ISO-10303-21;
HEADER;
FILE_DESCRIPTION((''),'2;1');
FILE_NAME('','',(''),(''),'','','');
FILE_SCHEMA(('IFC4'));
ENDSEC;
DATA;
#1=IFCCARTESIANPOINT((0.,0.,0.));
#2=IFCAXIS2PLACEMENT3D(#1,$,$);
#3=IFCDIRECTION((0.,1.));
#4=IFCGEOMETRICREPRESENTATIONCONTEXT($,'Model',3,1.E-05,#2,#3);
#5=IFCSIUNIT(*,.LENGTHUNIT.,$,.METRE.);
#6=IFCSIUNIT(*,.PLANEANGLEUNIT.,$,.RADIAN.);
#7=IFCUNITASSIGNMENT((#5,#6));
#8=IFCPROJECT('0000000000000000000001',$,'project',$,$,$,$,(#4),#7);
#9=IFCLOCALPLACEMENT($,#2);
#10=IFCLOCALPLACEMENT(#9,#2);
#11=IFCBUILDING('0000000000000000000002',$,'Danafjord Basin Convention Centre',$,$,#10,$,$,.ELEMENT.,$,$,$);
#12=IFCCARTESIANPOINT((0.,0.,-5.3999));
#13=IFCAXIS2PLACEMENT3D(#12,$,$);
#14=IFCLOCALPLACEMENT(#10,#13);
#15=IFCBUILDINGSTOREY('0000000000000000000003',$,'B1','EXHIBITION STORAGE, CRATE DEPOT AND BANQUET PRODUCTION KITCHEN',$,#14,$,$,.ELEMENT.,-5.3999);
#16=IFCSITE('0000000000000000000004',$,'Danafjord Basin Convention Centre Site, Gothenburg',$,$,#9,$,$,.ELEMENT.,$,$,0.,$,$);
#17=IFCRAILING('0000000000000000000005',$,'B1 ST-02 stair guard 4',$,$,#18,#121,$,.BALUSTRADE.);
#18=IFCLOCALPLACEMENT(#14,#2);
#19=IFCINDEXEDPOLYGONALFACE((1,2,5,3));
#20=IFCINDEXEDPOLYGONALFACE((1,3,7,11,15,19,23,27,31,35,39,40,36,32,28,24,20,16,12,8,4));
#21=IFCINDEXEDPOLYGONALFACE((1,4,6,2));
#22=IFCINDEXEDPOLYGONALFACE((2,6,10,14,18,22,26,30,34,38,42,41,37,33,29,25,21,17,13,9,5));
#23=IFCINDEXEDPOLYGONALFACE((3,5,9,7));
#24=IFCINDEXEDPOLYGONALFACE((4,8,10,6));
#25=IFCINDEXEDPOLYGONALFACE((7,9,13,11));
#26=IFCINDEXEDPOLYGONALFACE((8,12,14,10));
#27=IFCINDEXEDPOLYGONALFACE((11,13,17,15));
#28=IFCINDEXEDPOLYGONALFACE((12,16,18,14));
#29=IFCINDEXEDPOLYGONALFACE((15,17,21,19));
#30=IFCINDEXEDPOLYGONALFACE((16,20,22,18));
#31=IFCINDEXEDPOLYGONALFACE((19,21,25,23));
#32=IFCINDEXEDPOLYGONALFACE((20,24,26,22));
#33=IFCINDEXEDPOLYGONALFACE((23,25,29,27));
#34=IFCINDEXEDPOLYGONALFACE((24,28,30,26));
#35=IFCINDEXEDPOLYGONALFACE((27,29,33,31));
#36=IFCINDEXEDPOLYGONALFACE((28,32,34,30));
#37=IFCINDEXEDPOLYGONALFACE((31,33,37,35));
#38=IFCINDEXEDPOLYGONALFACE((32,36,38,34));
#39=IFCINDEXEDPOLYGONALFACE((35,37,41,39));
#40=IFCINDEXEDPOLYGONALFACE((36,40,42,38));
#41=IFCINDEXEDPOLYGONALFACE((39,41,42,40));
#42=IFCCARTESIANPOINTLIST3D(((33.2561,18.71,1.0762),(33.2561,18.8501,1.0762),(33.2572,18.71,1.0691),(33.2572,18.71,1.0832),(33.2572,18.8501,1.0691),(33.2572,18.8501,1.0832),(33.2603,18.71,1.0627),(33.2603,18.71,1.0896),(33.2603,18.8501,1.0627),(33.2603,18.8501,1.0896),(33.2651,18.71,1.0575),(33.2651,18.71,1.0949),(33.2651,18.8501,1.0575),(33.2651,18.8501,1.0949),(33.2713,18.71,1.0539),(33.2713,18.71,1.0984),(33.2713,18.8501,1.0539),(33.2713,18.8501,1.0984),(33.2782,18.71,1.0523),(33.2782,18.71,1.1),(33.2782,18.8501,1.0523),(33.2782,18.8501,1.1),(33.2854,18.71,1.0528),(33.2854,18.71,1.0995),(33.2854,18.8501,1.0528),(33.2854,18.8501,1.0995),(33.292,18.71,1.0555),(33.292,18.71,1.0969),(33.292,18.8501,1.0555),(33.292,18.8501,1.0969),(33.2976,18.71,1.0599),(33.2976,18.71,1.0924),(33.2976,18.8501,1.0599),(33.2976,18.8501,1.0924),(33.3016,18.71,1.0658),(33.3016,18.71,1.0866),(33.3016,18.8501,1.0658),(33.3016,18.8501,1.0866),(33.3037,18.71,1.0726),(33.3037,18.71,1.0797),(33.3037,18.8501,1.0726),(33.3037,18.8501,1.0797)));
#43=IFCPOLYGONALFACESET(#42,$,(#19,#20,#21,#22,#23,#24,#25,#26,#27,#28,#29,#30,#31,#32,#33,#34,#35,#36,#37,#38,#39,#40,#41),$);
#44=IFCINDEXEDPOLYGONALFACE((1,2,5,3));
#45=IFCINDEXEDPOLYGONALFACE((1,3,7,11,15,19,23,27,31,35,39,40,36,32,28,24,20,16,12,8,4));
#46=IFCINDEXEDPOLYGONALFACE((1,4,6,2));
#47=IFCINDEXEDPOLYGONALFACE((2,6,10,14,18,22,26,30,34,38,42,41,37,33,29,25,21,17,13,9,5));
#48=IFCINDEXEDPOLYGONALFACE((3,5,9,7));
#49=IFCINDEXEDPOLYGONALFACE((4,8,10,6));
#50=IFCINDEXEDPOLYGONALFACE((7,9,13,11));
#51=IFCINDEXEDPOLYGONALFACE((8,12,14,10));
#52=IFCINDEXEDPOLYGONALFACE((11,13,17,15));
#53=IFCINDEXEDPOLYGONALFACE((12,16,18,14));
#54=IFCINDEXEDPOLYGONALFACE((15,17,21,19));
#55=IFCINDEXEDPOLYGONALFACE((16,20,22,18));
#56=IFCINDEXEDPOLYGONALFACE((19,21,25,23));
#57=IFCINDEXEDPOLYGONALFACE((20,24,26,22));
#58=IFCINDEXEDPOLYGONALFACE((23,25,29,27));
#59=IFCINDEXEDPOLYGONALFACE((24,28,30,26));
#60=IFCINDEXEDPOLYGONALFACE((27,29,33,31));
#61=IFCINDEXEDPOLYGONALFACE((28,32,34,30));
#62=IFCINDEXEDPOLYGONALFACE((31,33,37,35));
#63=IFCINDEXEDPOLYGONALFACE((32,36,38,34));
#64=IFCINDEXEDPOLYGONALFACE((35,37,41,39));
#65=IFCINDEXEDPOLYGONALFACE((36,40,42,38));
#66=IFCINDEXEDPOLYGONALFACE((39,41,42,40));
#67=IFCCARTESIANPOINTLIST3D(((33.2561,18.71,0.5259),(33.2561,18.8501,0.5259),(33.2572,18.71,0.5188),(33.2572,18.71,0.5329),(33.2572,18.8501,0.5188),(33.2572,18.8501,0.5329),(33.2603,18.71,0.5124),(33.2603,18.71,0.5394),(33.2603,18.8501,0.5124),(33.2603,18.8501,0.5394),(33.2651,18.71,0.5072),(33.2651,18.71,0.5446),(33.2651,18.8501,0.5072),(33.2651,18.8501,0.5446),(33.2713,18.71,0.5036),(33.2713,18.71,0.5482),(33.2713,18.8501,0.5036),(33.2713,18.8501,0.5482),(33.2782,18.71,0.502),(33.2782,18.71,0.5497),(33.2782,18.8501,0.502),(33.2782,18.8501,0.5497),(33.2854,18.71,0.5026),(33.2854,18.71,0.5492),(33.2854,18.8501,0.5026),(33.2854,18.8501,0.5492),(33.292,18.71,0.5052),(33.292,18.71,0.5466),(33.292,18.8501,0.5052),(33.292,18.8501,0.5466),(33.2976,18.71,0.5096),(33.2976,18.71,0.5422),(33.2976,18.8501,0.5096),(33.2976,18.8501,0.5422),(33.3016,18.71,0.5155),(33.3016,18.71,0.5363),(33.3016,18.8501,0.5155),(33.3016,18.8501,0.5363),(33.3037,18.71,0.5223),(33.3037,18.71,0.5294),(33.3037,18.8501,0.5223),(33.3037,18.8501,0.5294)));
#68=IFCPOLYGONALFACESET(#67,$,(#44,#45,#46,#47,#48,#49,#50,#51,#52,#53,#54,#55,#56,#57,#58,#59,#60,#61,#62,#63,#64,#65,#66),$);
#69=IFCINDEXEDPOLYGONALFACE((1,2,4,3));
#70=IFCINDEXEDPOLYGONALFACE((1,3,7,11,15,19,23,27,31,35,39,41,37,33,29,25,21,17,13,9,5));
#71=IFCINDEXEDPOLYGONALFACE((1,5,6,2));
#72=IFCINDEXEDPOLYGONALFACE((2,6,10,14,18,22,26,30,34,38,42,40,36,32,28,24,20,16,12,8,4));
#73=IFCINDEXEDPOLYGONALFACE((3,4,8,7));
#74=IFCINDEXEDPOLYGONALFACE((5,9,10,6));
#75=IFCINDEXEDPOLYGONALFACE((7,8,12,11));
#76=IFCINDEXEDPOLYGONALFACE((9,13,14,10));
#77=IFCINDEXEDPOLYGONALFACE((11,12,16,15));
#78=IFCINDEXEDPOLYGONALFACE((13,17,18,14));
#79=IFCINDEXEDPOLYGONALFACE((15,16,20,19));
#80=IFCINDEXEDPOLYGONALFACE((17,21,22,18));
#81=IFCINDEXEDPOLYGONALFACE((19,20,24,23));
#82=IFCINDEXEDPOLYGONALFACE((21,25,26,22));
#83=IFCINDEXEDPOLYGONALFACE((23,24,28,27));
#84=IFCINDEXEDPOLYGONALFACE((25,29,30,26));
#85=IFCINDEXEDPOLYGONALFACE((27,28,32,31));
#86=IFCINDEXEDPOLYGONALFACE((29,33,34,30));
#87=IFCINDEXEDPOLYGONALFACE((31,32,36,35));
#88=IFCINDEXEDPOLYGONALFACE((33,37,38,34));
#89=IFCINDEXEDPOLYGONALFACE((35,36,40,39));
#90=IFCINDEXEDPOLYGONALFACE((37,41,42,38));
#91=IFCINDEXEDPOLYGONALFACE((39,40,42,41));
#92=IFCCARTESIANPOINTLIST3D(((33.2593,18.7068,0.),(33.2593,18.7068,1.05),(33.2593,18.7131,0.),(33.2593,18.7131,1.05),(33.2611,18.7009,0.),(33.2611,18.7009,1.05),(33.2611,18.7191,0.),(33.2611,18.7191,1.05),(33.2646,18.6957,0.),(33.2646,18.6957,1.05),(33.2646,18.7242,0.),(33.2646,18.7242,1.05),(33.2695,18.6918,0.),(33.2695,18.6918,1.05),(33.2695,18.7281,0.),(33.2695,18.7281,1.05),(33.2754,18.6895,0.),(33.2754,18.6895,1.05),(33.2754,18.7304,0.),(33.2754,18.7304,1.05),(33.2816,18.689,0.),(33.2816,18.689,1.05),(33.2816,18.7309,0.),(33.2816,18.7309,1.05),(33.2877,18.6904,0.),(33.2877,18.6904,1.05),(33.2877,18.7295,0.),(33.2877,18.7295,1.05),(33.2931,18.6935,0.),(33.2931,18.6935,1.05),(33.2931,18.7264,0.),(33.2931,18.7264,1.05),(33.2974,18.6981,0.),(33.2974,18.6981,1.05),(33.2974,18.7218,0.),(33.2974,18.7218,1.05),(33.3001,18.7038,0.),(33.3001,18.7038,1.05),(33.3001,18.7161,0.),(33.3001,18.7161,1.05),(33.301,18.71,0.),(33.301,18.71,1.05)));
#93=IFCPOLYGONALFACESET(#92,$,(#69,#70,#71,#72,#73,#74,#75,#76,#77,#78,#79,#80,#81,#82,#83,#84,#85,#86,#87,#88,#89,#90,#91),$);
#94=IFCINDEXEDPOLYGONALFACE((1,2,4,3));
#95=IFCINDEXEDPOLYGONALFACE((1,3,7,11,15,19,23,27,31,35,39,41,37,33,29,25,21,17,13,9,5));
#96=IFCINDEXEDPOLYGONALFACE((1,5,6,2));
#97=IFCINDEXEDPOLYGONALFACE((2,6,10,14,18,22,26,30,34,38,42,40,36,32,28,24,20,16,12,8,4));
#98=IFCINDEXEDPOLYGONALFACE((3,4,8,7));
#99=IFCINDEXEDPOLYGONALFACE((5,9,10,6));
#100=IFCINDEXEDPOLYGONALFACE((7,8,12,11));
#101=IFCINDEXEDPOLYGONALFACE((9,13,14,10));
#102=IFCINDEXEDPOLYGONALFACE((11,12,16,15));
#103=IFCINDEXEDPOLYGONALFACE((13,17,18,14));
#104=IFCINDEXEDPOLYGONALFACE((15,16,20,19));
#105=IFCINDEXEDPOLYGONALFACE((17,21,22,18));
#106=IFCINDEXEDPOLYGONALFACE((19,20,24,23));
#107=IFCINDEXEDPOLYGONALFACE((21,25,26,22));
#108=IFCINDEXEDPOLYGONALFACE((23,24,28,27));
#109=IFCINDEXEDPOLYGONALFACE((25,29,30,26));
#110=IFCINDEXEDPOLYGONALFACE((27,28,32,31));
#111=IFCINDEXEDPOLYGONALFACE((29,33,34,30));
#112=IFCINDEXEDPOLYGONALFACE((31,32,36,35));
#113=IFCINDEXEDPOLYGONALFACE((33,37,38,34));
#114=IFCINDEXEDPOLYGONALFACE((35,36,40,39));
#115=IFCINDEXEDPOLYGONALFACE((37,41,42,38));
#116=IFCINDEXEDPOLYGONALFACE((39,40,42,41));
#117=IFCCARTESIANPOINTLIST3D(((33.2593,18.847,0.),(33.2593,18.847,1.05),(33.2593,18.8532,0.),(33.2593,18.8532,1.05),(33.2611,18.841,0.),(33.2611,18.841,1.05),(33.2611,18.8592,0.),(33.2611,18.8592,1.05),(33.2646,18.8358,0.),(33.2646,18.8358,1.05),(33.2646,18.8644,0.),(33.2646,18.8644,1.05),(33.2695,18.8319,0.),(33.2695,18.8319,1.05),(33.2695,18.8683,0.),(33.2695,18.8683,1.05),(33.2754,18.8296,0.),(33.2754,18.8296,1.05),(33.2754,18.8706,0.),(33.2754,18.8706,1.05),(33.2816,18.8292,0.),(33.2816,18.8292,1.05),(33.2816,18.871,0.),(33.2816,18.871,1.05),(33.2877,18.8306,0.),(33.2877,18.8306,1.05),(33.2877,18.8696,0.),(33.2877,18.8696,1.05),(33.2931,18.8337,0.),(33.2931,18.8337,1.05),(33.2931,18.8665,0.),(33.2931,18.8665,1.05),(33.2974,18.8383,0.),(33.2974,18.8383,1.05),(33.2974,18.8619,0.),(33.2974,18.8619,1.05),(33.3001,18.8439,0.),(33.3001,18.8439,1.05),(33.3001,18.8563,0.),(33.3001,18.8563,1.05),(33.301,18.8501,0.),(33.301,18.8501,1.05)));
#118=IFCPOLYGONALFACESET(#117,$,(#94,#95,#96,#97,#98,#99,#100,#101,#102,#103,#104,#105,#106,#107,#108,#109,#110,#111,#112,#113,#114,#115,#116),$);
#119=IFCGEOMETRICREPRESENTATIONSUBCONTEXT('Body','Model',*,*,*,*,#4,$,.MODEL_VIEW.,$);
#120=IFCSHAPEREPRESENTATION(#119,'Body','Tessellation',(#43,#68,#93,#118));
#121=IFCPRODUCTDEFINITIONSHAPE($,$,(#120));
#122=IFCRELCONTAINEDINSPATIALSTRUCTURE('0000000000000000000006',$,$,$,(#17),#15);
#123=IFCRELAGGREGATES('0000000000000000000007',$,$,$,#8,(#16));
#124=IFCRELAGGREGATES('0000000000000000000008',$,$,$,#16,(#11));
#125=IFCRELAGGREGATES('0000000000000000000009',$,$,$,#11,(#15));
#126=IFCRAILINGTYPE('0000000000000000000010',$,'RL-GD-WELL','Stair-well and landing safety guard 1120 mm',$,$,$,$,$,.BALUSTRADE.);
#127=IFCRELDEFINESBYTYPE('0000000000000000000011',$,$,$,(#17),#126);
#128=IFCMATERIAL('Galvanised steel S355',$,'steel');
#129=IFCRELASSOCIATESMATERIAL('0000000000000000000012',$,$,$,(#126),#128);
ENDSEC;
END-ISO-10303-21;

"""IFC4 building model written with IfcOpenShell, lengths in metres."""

from ifc_helpers import new_model, si_unit, direction, frame, origin, origin_2d, place, context, subcontext, project, spatial, circle, extrude, material, type_object, element, save


model = new_model("IFC4")

# Units and contexts
model_context = context("Model", 3, precision=1e-05, world=origin(), true_north=direction((0.0, 1.0)))
body_context = subcontext(model_context, "Body", "Model", "MODEL_VIEW")
ifc_project = project(units=[si_unit("LENGTHUNIT", "METRE"), si_unit("PLANEANGLEUNIT", "RADIAN")], contexts=[model_context])

# Site, building, storey
site_placement = place(None, origin())
site = spatial("IfcSite", under=ifc_project, at=site_placement, Name="Danafjord Basin Convention Centre Site, Gothenburg", CompositionType="ELEMENT", RefElevation=0.0)
building_placement = place(site_placement, origin())
building = spatial("IfcBuilding", under=site, at=building_placement, Name="Danafjord Basin Convention Centre", CompositionType="ELEMENT")
storey_placement = place(building_placement, frame((0.0, 0.0, -5.3999)))
storey = spatial("IfcBuildingStorey", under=building, at=storey_placement, Name="B1", Description="EXHIBITION STORAGE, CRATE DEPOT AND BANQUET PRODUCTION KITCHEN", CompositionType="ELEMENT", Elevation=-5.3999)

# Railing
ifc_material_1 = material(Name="Galvanised steel S355", Category="steel")
railing_type_1 = type_object("IfcRailingType", Name="RL-GD-WELL", Description="Stair-well and landing safety guard 1120 mm", PredefinedType="BALUSTRADE", material=ifc_material_1)
railing_1_placement = place(storey_placement, frame((33.28, 18.71, 0.0)))
element("IfcRailing", 1, at=railing_1_placement, inside=storey, type_object=railing_type_1, Name="B1 ST-02 stair guard 4", PredefinedType="BALUSTRADE", context=body_context, shape_type="SweptSolid", body=[
    extrude(circle(Radius=0.0239, at=origin_2d()), frame((0.0, 0.0, 1.0762), z_axis=(0.0, 1.0, 0.0), x_axis=(-1.0, 0.0, 0.0)), (0.0, 0.0, 1.0), 0.1401),
    extrude(circle(Radius=0.0239, at=origin_2d()), frame((0.0, 0.0, 0.5259), z_axis=(0.0, 1.0, 0.0), x_axis=(-1.0, 0.0, 0.0)), (0.0, 0.0, 1.0), 0.1401),
    extrude(circle(Radius=0.021, at=origin_2d()), origin(), (0.0, 0.0, 1.0), 1.05),
    extrude(circle(Radius=0.021, at=origin_2d()), frame((0.0, 0.1401, 0.0)), (0.0, 0.0, 1.0), 1.05),
])

save(model, "model.ifc")
